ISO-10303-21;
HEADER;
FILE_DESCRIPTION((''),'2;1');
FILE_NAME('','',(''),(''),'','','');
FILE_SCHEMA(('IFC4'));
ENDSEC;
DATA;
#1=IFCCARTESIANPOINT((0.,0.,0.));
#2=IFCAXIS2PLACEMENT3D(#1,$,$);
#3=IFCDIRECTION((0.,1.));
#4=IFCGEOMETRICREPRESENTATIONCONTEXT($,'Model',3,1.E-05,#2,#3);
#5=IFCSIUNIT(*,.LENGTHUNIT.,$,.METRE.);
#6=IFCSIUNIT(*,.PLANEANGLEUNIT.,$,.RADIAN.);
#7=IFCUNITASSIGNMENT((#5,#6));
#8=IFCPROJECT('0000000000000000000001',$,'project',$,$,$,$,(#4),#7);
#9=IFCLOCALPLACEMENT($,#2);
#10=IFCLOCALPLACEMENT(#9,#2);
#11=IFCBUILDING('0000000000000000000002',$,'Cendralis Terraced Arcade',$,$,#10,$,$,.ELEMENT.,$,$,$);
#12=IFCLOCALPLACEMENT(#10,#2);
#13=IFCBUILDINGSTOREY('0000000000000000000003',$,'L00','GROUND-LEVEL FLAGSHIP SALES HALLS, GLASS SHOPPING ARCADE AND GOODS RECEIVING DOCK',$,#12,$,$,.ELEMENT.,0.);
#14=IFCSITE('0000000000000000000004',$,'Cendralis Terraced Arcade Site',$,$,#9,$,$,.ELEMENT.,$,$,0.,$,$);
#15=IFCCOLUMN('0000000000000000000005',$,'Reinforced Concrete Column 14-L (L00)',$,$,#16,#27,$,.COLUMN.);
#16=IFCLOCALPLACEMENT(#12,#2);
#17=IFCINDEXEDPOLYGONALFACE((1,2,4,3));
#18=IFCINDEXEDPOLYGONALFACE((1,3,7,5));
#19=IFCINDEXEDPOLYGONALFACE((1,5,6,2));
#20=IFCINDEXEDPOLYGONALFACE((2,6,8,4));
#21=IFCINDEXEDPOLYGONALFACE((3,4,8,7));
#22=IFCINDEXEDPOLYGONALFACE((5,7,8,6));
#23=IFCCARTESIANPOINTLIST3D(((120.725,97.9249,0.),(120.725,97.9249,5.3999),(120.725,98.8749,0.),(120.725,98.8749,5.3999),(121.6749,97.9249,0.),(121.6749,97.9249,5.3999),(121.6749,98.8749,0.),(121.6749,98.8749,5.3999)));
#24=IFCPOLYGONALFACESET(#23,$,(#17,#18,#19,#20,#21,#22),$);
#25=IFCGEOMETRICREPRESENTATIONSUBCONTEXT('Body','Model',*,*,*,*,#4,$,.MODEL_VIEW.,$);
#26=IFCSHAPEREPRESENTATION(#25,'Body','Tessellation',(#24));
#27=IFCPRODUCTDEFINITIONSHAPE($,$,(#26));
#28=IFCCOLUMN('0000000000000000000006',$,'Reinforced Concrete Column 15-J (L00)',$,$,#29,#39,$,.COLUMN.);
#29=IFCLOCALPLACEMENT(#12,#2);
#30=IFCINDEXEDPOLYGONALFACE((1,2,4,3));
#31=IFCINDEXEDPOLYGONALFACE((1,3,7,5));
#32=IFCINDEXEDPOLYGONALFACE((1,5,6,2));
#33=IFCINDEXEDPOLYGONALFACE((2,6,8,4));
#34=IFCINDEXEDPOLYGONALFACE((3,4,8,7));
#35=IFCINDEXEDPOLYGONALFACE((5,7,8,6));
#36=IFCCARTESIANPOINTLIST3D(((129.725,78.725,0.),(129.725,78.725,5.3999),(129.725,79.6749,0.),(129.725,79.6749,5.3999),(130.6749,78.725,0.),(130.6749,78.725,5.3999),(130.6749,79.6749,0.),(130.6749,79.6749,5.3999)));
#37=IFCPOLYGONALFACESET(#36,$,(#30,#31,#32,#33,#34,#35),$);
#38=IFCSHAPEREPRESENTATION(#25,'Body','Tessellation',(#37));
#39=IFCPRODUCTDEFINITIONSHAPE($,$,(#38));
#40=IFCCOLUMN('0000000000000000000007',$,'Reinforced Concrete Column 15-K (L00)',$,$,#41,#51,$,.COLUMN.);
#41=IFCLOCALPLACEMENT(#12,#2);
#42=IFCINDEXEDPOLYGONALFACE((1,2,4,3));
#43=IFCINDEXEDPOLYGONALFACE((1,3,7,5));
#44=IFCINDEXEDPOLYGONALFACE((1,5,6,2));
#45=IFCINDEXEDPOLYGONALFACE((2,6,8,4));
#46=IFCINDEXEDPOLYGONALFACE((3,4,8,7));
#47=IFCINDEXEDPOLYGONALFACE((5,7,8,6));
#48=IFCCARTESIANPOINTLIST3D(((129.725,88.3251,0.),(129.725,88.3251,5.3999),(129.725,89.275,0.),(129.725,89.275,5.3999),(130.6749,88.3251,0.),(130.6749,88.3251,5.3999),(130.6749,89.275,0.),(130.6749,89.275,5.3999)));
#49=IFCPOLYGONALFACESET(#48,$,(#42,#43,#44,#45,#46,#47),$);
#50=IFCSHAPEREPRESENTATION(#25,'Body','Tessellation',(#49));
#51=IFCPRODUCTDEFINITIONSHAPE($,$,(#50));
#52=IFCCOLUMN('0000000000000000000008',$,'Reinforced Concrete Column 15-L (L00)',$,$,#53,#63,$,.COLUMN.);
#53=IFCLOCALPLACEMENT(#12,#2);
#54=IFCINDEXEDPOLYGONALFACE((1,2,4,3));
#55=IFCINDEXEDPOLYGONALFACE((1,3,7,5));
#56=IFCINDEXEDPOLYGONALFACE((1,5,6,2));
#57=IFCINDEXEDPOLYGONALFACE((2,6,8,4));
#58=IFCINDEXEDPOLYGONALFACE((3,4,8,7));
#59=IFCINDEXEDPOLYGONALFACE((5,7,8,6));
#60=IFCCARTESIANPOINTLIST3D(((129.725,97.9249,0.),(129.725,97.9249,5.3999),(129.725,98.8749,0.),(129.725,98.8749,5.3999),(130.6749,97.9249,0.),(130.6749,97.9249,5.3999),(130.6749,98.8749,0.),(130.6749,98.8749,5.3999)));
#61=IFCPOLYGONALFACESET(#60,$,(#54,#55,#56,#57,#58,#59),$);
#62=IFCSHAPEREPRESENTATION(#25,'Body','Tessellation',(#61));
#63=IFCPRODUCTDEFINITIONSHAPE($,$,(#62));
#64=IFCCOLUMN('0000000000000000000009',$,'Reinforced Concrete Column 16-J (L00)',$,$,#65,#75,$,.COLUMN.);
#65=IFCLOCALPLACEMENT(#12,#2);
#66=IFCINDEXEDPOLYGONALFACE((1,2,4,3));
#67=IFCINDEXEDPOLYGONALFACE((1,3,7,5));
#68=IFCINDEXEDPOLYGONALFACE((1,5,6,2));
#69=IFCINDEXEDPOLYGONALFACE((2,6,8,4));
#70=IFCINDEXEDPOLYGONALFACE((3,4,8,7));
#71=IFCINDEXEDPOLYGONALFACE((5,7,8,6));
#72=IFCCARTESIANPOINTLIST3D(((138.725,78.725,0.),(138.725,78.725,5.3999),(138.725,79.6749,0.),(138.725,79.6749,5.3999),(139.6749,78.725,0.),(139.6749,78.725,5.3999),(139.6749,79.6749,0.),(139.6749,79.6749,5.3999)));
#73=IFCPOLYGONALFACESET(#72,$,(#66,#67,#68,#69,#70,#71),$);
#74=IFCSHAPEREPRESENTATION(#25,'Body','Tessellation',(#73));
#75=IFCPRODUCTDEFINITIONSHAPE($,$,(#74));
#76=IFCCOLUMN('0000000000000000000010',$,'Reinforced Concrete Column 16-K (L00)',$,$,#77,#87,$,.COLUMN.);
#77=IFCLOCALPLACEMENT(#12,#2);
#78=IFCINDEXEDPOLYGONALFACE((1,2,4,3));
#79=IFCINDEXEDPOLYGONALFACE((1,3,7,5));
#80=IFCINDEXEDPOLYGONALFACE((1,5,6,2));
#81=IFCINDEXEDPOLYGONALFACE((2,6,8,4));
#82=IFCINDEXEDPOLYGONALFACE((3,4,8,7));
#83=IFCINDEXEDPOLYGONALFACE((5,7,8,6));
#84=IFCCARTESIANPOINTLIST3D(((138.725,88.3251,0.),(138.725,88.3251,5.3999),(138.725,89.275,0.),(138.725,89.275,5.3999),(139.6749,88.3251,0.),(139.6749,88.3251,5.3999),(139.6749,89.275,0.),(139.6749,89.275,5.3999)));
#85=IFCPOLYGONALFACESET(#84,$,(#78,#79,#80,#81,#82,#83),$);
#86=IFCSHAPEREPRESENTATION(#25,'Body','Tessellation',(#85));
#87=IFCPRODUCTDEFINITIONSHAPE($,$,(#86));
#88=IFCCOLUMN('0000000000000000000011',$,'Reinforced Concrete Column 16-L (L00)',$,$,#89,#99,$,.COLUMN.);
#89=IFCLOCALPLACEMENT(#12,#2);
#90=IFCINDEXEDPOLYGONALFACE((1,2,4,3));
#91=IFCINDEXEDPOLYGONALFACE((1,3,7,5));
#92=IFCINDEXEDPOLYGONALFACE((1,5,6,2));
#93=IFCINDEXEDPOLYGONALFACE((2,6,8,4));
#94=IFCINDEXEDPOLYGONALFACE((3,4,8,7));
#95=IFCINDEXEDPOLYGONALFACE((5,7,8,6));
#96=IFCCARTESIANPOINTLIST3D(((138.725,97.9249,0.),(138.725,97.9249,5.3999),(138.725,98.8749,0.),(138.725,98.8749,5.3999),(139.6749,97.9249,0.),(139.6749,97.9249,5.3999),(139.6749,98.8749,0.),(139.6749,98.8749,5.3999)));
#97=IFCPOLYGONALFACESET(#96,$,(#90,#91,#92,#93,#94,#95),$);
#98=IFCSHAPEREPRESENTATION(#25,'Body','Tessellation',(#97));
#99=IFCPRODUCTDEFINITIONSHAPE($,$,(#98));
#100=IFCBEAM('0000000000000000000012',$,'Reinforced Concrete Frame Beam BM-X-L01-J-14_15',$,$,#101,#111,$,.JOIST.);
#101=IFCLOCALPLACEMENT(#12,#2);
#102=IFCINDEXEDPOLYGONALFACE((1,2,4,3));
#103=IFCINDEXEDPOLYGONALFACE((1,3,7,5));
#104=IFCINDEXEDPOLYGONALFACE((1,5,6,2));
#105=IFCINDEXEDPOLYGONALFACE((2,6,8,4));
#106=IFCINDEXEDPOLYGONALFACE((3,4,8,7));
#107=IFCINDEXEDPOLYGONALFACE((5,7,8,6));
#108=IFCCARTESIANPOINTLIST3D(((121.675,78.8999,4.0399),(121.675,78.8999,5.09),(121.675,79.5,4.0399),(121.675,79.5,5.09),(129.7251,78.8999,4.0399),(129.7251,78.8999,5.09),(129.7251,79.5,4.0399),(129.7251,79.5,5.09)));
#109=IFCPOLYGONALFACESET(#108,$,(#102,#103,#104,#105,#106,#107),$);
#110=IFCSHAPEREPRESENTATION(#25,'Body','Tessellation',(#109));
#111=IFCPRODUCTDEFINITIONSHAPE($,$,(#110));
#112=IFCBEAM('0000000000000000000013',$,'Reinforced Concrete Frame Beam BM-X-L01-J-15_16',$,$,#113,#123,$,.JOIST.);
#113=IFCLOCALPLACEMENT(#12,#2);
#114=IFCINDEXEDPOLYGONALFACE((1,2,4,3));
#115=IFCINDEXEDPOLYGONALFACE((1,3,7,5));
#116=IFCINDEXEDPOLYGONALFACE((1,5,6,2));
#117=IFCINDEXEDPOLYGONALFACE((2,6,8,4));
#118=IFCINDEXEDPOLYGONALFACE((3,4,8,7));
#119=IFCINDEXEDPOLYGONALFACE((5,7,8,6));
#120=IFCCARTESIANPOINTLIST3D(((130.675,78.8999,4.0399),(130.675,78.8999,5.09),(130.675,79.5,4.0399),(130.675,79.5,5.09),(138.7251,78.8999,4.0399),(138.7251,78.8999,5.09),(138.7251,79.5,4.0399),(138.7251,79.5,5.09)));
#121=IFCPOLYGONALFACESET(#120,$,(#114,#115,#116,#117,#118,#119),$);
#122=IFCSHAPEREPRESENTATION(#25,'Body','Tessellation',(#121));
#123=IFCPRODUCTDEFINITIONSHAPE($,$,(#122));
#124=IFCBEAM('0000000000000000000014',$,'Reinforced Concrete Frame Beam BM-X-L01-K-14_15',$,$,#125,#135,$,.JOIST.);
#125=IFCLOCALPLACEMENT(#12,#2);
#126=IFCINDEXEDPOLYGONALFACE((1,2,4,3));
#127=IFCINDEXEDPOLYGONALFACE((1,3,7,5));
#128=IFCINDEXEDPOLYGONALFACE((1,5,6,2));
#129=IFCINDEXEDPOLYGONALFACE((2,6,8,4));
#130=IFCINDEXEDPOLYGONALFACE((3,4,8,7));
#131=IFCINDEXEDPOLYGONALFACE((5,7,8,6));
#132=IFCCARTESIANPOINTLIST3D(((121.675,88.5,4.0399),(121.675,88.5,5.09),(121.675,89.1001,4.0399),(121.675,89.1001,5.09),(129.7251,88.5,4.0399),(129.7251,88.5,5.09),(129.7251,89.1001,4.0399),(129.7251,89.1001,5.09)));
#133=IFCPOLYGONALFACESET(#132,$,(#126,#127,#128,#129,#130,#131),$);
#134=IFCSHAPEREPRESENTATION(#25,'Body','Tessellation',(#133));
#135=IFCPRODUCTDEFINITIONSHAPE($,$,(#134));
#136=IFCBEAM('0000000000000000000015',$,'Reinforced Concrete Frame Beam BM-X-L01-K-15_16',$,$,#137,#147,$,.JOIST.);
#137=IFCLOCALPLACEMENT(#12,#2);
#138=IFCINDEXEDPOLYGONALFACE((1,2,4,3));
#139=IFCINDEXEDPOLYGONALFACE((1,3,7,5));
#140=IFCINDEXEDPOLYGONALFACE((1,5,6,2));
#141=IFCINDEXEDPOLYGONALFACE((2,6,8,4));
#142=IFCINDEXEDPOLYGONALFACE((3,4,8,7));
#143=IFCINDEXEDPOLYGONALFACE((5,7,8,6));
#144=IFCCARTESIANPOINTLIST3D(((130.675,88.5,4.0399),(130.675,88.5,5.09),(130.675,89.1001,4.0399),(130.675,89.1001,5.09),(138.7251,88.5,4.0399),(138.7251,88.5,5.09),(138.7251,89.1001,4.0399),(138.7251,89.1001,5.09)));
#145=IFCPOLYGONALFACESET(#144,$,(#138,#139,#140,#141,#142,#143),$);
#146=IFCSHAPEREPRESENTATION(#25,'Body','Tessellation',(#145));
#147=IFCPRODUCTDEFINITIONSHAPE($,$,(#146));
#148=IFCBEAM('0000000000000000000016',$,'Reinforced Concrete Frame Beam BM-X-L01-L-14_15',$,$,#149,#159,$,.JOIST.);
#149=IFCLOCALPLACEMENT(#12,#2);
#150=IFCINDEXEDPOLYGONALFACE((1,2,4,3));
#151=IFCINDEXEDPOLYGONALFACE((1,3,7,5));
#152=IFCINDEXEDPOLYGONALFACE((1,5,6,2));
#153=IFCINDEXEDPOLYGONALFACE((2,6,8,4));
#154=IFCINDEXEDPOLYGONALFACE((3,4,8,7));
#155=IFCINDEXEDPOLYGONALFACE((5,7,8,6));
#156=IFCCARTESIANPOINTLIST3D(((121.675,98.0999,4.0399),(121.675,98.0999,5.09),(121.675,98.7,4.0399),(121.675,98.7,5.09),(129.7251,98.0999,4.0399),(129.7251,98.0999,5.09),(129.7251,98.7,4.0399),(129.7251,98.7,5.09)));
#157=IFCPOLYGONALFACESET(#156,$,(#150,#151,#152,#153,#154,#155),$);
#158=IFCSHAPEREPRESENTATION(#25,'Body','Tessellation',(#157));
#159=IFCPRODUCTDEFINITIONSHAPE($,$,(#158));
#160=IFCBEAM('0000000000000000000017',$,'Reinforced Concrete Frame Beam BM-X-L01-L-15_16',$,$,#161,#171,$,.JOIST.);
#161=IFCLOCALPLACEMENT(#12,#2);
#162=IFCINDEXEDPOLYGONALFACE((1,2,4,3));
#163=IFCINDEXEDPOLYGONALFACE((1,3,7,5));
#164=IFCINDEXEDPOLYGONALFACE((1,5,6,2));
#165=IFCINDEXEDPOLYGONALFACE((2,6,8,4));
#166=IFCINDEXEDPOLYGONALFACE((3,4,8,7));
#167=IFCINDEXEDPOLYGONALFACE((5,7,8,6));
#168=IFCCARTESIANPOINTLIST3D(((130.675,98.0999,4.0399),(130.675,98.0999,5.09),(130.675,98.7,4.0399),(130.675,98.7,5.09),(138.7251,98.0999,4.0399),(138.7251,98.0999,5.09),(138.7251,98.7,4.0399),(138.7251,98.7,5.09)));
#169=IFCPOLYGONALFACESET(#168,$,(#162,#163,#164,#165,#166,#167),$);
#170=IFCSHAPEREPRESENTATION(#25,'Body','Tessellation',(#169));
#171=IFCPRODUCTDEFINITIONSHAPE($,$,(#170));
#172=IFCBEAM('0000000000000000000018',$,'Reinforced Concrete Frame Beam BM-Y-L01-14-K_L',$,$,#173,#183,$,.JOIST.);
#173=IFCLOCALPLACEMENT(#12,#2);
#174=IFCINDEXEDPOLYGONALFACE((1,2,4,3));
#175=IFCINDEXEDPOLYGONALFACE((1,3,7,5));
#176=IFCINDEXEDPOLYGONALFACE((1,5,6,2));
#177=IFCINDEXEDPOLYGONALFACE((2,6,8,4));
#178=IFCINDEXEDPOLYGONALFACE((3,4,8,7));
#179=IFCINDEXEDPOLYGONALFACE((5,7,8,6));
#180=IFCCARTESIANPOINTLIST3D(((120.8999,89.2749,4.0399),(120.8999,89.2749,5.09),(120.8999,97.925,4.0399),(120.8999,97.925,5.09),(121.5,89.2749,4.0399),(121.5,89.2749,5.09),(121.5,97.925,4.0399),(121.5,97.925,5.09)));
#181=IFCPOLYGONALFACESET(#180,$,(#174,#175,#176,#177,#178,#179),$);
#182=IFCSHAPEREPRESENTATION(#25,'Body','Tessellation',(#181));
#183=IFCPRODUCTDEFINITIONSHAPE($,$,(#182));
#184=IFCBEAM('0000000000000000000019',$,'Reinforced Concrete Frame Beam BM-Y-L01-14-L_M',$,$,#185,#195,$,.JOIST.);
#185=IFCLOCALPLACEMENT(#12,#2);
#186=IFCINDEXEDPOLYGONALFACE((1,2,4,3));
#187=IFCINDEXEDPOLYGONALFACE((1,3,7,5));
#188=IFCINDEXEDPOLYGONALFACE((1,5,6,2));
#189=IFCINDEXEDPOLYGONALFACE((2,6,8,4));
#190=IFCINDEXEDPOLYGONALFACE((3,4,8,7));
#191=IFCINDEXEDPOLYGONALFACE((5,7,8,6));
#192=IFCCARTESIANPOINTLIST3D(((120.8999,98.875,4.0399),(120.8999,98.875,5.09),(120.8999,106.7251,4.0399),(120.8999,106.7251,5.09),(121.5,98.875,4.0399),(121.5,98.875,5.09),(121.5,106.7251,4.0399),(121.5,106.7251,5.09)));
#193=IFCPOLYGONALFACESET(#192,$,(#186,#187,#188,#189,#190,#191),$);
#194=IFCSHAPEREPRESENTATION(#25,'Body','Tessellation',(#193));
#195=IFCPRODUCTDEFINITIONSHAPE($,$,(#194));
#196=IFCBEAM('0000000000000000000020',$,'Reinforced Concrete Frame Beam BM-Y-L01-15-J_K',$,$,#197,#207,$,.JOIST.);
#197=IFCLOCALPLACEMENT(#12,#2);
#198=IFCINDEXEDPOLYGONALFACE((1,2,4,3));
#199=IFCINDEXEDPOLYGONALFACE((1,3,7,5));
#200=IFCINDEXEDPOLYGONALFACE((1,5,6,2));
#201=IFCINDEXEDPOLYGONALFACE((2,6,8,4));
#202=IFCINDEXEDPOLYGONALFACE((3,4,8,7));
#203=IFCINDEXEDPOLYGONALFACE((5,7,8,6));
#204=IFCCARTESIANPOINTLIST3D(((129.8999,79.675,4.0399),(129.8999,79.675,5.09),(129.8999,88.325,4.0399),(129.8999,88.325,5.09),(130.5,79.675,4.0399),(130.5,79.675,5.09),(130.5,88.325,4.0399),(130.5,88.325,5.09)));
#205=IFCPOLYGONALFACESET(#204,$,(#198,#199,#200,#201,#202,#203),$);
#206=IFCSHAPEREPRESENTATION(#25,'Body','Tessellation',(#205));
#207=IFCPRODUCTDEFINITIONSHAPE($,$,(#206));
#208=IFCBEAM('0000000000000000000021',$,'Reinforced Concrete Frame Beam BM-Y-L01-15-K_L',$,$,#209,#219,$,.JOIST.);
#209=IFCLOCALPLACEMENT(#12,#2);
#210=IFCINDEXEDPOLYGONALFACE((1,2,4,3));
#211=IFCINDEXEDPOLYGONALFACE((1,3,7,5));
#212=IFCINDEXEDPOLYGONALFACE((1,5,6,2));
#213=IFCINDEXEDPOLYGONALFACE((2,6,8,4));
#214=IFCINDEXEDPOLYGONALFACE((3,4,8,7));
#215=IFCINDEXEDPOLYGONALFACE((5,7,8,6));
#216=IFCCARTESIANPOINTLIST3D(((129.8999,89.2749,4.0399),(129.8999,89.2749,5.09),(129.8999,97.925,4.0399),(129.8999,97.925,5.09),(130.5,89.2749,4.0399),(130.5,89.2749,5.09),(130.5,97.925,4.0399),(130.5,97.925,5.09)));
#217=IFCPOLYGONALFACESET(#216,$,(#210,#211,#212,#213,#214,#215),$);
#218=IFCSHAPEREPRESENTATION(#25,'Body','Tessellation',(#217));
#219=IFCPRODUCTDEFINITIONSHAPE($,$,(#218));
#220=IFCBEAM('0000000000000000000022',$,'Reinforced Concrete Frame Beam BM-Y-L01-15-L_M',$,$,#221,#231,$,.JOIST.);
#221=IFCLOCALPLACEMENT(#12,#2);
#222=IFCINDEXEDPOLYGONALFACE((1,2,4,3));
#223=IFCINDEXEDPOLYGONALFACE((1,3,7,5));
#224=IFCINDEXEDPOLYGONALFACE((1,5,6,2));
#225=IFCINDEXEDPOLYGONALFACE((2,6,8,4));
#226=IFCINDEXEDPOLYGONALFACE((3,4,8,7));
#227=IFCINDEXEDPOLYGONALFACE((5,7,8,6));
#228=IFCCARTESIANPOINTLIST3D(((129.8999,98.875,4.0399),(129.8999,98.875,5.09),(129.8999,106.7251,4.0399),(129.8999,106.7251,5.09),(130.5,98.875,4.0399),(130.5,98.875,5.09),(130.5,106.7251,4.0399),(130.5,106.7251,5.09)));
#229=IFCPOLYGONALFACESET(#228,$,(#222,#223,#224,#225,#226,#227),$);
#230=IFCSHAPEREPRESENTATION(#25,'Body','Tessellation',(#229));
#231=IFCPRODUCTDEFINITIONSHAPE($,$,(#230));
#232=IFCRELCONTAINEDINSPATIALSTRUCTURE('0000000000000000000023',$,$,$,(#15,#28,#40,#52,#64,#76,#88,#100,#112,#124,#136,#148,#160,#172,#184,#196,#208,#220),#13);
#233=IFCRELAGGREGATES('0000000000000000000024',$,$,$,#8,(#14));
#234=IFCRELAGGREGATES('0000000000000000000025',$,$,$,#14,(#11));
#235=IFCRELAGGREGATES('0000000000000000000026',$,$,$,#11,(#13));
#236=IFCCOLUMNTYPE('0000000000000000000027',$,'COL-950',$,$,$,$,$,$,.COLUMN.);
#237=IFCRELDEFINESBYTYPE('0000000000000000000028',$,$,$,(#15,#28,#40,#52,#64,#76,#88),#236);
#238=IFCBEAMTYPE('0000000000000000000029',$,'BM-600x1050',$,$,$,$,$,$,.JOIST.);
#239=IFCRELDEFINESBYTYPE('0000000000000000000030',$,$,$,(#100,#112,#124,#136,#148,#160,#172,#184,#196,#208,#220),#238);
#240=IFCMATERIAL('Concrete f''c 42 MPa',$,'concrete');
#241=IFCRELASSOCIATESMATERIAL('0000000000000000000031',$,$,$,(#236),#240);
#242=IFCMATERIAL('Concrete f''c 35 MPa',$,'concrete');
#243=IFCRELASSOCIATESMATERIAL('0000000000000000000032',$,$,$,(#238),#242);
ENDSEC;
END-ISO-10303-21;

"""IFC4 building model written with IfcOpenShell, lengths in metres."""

from ifc_helpers import new_model, si_unit, direction, frame, origin, origin_2d, place, context, subcontext, project, spatial, rectangle, extrude, material, material_profile, profile_set, type_object, element, save


model = new_model("IFC4")

# Units and contexts
model_context = context("Model", 3, precision=1e-05, world=origin(), true_north=direction((0.0, 1.0)))
body_context = subcontext(model_context, "Body", "Model", "MODEL_VIEW")
ifc_project = project(units=[si_unit("LENGTHUNIT", "METRE"), si_unit("PLANEANGLEUNIT", "RADIAN")], contexts=[model_context])

# Site, building, storey
site_placement = place(None, origin())
site = spatial("IfcSite", under=ifc_project, at=site_placement, Name="Cendralis Terraced Arcade Site", CompositionType="ELEMENT", RefElevation=0.0)
building_placement = place(site_placement, origin())
building = spatial("IfcBuilding", under=site, at=building_placement, Name="Cendralis Terraced Arcade", CompositionType="ELEMENT")
storey_placement = place(building_placement, origin())
storey = spatial("IfcBuildingStorey", under=building, at=storey_placement, Name="L00", Description="GROUND-LEVEL FLAGSHIP SALES HALLS, GLASS SHOPPING ARCADE AND GOODS RECEIVING DOCK", CompositionType="ELEMENT", Elevation=0.0)

# Columns
ifc_material_1 = material(Name="Concrete f'c 42 MPa", Category="concrete")
ifc_material_profile_1 = material_profile(ifc_material_1, rectangle(XDim=0.95, YDim=0.95, at=origin_2d()), Name="RC-COL-950x950", Category="LoadBearing")
ifc_profile_set_1 = profile_set([ifc_material_profile_1], Name="Concrete f'c 42 MPa")
column_type = type_object("IfcColumnType", Name="COL-950", PredefinedType="COLUMN", material=ifc_profile_set_1)
for number, where, z_axis, x_axis, name in (
    (1, (121.2, 98.3999, 0.0), (0.0, 0.0, 1.0), (1.0, 0.0, 0.0), "Reinforced Concrete Column 14-L (L00)"),
    (2, (130.2, 79.2, 0.0), (0.0, 0.0, 1.0), (1.0, 0.0, 0.0), "Reinforced Concrete Column 15-J (L00)"),
    (3, (130.2, 88.8, 0.0), (0.0, 0.0, 1.0), (1.0, 0.0, 0.0), "Reinforced Concrete Column 15-K (L00)"),
    (4, (130.2, 98.3999, 0.0), (0.0, 0.0, 1.0), (1.0, 0.0, 0.0), "Reinforced Concrete Column 15-L (L00)"),
    (5, (139.2, 79.2, 0.0), (0.0, 0.0, 1.0), (1.0, 0.0, 0.0), "Reinforced Concrete Column 16-J (L00)"),
    (6, (139.2, 88.8, 0.0), (0.0, 0.0, 1.0), (1.0, 0.0, 0.0), "Reinforced Concrete Column 16-K (L00)"),
    (7, (139.2, 98.3999, 0.0), (0.0, 0.0, 1.0), (1.0, 0.0, 0.0), "Reinforced Concrete Column 16-L (L00)"),
):
    element("IfcColumn", number, at=place(storey_placement, frame(where, z_axis=z_axis, x_axis=x_axis)), inside=storey, type_object=column_type, Name=name, PredefinedType="COLUMN", context=body_context, shape_type="SweptSolid", body=[
        extrude(rectangle(XDim=0.95, YDim=0.95, at=origin_2d()), origin(), (0.0, 0.0, 1.0), 5.3999),
    ])

# Beams
ifc_material_2 = material(Name="Concrete f'c 35 MPa", Category="concrete")
ifc_material_profile_2 = material_profile(ifc_material_2, rectangle(XDim=0.6001, YDim=1.05, at=origin_2d()), Name="RC-BM-600x1050", Category="LoadBearing")
ifc_profile_set_2 = profile_set([ifc_material_profile_2], Name="Concrete f'c 35 MPa")
beam_type = type_object("IfcBeamType", Name="BM-600x1050", PredefinedType="JOIST", material=ifc_profile_set_2)
for number, where, z_axis, x_axis, name in (
    (8, (121.675, 79.2, 4.5649), (1.0, 0.0, 0.0), (0.0, 1.0, 0.0), "Reinforced Concrete Frame Beam BM-X-L01-J-14_15"),
    (9, (130.675, 79.2, 4.5649), (1.0, 0.0, 0.0), (0.0, 1.0, 0.0), "Reinforced Concrete Frame Beam BM-X-L01-J-15_16"),
    (10, (121.675, 88.8, 4.5649), (1.0, 0.0, 0.0), (0.0, 1.0, 0.0), "Reinforced Concrete Frame Beam BM-X-L01-K-14_15"),
    (11, (130.675, 88.8, 4.5649), (1.0, 0.0, 0.0), (0.0, 1.0, 0.0), "Reinforced Concrete Frame Beam BM-X-L01-K-15_16"),
    (12, (121.675, 98.3999, 4.5649), (1.0, 0.0, 0.0), (0.0, 1.0, 0.0), "Reinforced Concrete Frame Beam BM-X-L01-L-14_15"),
    (13, (130.675, 98.3999, 4.5649), (1.0, 0.0, 0.0), (0.0, 1.0, 0.0), "Reinforced Concrete Frame Beam BM-X-L01-L-15_16"),
):
    element("IfcBeam", number, at=place(storey_placement, frame(where, z_axis=z_axis, x_axis=x_axis)), inside=storey, type_object=beam_type, Name=name, PredefinedType="JOIST", context=body_context, shape_type="SweptSolid", body=[
        extrude(rectangle(XDim=0.6001, YDim=1.05, at=origin_2d()), origin(), (0.0, 0.0, 1.0), 8.05),
    ])
beam_1_placement = place(storey_placement, frame((121.2, 89.2749, 4.5649), z_axis=(0.0, 1.0, 0.0), x_axis=(-1.0, 0.0, 0.0)))
element("IfcBeam", 14, at=beam_1_placement, inside=storey, type_object=beam_type, Name="Reinforced Concrete Frame Beam BM-Y-L01-14-K_L", PredefinedType="JOIST", context=body_context, shape_type="SweptSolid", body=[
    extrude(rectangle(XDim=0.6001, YDim=1.05, at=origin_2d()), origin(), (0.0, 0.0, 1.0), 8.6501),
])
beam_2_placement = place(storey_placement, frame((121.2, 98.875, 4.5649), z_axis=(0.0, 1.0, 0.0), x_axis=(-1.0, 0.0, 0.0)))
element("IfcBeam", 15, at=beam_2_placement, inside=storey, type_object=beam_type, Name="Reinforced Concrete Frame Beam BM-Y-L01-14-L_M", PredefinedType="JOIST", context=body_context, shape_type="SweptSolid", body=[
    extrude(rectangle(XDim=0.6001, YDim=1.05, at=origin_2d()), origin(), (0.0, 0.0, 1.0), 7.8501),
])
beam_3_placement = place(storey_placement, frame((130.2, 79.675, 4.5649), z_axis=(0.0, 1.0, 0.0), x_axis=(-1.0, 0.0, 0.0)))
element("IfcBeam", 16, at=beam_3_placement, inside=storey, type_object=beam_type, Name="Reinforced Concrete Frame Beam BM-Y-L01-15-J_K", PredefinedType="JOIST", context=body_context, shape_type="SweptSolid", body=[
    extrude(rectangle(XDim=0.6001, YDim=1.05, at=origin_2d()), origin(), (0.0, 0.0, 1.0), 8.6499),
])
beam_4_placement = place(storey_placement, frame((130.2, 89.2749, 4.5649), z_axis=(0.0, 1.0, 0.0), x_axis=(-1.0, 0.0, 0.0)))
element("IfcBeam", 17, at=beam_4_placement, inside=storey, type_object=beam_type, Name="Reinforced Concrete Frame Beam BM-Y-L01-15-K_L", PredefinedType="JOIST", context=body_context, shape_type="SweptSolid", body=[
    extrude(rectangle(XDim=0.6001, YDim=1.05, at=origin_2d()), origin(), (0.0, 0.0, 1.0), 8.6501),
])
beam_5_placement = place(storey_placement, frame((130.2, 98.875, 4.5649), z_axis=(0.0, 1.0, 0.0), x_axis=(-1.0, 0.0, 0.0)))
element("IfcBeam", 18, at=beam_5_placement, inside=storey, type_object=beam_type, Name="Reinforced Concrete Frame Beam BM-Y-L01-15-L_M", PredefinedType="JOIST", context=body_context, shape_type="SweptSolid", body=[
    extrude(rectangle(XDim=0.6001, YDim=1.05, at=origin_2d()), origin(), (0.0, 0.0, 1.0), 7.8501),
])

save(model, "model.ifc")
